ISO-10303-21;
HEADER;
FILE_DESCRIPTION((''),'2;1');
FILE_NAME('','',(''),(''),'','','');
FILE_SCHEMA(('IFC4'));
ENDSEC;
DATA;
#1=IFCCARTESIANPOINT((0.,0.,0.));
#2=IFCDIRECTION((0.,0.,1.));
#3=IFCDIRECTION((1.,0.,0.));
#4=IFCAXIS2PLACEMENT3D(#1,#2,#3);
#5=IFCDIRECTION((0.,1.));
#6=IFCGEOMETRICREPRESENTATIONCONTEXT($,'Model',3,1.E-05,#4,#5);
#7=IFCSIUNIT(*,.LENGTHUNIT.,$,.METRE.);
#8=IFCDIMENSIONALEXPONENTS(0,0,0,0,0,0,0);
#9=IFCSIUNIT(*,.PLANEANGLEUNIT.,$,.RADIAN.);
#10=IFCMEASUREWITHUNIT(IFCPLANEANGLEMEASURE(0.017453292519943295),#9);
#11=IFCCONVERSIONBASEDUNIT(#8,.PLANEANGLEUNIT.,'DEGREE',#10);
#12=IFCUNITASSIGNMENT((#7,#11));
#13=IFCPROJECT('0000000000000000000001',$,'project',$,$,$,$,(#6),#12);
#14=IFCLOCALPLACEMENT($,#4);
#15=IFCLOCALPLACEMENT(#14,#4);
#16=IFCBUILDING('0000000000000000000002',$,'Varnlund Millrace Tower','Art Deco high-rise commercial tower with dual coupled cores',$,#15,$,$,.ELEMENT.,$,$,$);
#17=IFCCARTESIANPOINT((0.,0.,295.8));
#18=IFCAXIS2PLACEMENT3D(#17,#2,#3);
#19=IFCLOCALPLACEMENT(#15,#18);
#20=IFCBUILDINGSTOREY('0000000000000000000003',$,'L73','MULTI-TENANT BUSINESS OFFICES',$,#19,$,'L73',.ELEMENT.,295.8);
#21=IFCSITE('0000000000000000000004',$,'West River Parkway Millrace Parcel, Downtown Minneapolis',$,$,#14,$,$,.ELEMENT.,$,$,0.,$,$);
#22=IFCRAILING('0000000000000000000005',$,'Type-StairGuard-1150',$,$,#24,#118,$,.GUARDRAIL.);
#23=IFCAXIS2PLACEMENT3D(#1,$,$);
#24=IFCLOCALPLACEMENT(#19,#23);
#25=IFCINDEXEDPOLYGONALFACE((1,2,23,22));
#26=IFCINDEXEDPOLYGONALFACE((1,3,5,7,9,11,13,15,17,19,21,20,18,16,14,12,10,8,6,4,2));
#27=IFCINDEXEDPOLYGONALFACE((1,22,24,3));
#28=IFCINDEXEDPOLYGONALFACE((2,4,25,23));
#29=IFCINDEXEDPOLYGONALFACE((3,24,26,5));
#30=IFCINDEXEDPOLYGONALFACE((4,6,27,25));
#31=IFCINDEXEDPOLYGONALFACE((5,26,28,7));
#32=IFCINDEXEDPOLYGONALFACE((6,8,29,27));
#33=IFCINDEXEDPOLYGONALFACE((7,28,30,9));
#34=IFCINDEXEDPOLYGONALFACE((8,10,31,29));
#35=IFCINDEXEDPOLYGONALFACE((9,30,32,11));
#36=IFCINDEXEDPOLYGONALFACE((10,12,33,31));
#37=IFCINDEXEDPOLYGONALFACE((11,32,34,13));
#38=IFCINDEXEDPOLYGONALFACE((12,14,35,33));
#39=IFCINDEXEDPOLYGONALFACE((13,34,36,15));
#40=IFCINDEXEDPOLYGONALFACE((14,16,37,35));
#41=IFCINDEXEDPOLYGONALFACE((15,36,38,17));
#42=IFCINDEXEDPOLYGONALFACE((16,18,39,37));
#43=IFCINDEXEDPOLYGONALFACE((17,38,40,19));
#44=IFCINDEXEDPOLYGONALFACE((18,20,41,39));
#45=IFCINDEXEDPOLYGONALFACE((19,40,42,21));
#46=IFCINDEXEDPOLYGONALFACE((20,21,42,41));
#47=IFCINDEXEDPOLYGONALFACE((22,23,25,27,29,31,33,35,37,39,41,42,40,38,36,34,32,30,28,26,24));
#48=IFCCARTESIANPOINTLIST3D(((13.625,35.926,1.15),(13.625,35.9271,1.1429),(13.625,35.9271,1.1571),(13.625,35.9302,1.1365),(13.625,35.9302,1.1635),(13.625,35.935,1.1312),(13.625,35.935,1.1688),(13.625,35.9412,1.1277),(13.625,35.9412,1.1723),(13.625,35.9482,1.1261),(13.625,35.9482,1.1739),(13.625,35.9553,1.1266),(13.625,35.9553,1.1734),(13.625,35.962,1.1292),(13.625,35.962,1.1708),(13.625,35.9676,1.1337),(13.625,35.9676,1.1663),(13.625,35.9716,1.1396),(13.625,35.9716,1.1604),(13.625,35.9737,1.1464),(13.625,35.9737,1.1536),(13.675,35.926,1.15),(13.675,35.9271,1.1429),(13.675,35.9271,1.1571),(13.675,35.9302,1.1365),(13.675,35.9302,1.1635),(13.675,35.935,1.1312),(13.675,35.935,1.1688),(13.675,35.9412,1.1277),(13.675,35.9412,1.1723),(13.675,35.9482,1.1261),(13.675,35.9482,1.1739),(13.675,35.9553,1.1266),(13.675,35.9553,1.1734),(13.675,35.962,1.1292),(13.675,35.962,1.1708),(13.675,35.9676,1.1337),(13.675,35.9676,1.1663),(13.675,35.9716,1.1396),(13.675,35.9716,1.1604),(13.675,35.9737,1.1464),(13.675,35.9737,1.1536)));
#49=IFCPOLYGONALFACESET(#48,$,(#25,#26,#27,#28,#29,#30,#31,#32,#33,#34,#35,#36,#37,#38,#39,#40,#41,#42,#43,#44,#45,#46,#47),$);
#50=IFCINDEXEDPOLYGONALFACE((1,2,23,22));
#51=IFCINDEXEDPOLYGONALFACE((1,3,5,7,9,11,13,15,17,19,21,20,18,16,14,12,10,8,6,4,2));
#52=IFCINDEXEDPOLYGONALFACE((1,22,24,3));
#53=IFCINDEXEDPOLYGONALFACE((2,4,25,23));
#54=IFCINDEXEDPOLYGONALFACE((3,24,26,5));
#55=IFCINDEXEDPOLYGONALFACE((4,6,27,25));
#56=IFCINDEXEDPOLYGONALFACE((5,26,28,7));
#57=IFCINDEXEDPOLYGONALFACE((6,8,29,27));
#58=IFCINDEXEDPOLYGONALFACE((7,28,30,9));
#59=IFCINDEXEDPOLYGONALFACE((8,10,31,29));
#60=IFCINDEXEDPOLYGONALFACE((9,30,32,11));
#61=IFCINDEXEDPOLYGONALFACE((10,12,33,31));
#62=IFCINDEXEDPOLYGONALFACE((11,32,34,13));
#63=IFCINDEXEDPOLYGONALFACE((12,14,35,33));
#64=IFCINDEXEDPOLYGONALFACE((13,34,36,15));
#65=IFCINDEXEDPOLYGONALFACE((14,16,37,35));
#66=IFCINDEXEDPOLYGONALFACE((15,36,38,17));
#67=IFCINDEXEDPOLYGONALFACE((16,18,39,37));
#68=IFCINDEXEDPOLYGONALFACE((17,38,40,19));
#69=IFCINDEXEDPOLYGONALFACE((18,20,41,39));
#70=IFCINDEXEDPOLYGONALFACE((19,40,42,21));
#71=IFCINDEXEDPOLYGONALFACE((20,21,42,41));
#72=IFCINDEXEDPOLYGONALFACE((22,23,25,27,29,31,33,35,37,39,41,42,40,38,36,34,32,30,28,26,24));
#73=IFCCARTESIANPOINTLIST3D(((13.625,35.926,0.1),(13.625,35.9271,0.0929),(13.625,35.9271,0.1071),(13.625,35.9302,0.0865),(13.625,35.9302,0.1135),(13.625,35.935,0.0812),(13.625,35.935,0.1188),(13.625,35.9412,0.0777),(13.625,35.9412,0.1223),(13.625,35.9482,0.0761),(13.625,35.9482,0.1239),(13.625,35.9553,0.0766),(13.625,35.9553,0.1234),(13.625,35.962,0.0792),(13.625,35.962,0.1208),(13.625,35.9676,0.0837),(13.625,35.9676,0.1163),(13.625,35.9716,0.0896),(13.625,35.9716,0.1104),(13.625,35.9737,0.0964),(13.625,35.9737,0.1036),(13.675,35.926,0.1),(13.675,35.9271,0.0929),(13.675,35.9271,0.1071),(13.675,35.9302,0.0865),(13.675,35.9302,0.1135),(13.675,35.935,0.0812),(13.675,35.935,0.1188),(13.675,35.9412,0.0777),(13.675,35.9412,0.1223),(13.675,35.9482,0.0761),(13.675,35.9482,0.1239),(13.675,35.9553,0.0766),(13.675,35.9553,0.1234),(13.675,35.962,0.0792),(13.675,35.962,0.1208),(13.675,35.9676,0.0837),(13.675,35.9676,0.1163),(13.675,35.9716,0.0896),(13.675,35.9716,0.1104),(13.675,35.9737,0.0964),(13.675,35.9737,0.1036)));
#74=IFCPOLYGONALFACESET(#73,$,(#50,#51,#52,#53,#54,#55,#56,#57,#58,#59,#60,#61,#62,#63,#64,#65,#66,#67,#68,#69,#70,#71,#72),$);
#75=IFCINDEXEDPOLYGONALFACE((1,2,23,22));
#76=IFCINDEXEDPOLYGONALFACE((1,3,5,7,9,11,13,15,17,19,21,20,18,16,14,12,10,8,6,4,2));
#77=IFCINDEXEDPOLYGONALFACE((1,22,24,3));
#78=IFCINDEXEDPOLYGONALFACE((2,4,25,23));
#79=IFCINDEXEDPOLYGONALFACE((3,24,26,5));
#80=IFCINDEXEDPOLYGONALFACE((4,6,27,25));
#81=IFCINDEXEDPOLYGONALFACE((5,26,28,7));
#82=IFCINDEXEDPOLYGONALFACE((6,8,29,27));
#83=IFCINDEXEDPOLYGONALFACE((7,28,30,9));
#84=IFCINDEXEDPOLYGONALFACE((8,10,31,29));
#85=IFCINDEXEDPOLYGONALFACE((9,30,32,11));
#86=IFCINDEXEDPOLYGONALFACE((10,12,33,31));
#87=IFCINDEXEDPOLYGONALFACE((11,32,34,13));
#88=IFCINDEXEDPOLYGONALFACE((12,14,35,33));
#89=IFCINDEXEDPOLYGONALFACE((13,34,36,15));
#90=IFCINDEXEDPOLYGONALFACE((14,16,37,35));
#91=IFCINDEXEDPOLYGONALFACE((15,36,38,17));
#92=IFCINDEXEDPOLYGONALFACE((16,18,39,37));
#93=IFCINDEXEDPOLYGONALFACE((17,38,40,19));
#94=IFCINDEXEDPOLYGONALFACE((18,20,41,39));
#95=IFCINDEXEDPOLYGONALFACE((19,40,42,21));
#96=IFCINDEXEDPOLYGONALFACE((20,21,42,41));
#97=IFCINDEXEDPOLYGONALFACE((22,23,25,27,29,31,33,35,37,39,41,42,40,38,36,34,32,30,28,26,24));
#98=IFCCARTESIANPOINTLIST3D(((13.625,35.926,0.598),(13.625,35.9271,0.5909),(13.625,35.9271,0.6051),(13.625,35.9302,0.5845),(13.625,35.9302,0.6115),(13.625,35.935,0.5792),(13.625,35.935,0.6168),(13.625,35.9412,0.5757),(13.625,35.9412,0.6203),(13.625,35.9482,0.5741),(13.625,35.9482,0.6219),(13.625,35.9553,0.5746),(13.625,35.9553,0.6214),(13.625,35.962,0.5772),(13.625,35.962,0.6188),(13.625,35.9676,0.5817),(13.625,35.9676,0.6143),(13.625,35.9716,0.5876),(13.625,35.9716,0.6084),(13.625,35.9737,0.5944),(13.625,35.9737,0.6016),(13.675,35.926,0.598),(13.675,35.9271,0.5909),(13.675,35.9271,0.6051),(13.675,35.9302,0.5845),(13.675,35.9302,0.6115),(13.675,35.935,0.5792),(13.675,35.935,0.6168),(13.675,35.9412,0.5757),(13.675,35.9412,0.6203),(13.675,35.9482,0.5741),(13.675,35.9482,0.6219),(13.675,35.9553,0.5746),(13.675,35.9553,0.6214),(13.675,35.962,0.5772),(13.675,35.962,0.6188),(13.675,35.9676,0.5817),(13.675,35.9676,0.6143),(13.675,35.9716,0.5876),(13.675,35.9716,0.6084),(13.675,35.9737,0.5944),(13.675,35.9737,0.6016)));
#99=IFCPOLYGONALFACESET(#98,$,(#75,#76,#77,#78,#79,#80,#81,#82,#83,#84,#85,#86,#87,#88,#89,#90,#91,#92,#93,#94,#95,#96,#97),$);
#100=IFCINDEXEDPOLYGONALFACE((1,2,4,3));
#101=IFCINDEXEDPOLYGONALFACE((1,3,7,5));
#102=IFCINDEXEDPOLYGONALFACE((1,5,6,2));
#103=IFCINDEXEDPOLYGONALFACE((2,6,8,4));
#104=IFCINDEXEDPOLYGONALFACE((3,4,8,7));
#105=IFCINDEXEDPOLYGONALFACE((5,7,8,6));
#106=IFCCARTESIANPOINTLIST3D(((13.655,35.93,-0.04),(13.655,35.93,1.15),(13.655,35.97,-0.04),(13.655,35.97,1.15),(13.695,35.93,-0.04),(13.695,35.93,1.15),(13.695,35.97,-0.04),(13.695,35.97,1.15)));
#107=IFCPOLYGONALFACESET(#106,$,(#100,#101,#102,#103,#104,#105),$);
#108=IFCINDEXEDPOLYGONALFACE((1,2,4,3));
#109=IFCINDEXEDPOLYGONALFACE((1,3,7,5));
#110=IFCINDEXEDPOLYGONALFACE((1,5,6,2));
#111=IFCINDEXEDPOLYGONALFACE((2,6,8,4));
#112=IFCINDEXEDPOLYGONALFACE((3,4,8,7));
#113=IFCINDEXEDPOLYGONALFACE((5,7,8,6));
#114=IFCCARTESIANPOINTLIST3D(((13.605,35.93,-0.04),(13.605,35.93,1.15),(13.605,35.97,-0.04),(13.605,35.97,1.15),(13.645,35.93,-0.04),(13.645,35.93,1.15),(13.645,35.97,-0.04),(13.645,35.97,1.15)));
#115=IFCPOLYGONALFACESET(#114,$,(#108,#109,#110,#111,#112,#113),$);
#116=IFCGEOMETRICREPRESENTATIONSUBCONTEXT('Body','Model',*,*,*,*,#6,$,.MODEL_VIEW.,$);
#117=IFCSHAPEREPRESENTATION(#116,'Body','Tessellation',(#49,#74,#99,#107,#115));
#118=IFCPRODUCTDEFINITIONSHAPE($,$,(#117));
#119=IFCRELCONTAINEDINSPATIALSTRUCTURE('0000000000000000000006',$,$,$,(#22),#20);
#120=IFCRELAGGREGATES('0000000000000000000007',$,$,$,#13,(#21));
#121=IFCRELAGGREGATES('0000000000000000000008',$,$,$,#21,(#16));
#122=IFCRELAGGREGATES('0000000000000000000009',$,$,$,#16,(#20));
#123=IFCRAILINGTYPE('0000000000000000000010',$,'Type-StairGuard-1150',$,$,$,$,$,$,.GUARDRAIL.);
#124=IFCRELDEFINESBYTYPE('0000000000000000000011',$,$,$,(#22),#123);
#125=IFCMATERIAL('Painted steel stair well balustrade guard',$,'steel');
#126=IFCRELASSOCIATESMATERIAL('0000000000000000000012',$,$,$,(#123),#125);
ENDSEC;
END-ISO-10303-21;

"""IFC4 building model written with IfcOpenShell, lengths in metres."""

from ifc_helpers import new_model, entity, si_unit, converted_unit, direction, frame, origin_with_axes, origin_2d_with_axis, place, context, subcontext, project, spatial, rectangle, circle, extrude, material, type_object, element, save


model = new_model("IFC4")

# Units and contexts
model_context = context("Model", 3, precision=1e-05, world=origin_with_axes(), true_north=direction((0.0, 1.0)))
body_context = subcontext(model_context, "Body", "Model", "MODEL_VIEW")
ifc_project = project(units=[si_unit("LENGTHUNIT", "METRE"), converted_unit("PLANEANGLEUNIT", "DEGREE", entity("IfcPlaneAngleMeasure", 0.017453292519943295), si_unit("PLANEANGLEUNIT", "RADIAN"), dimensions=[0, 0, 0, 0, 0, 0, 0])], contexts=[model_context])

# Site, building, storey
site_placement = place(None, origin_with_axes())
site = spatial("IfcSite", under=ifc_project, at=site_placement, Name="West River Parkway Millrace Parcel, Downtown Minneapolis", CompositionType="ELEMENT", RefElevation=0.0)
building_placement = place(site_placement, origin_with_axes())
building = spatial("IfcBuilding", under=site, at=building_placement, Name="Varnlund Millrace Tower", Description="Art Deco high-rise commercial tower with dual coupled cores", CompositionType="ELEMENT")
storey_placement = place(building_placement, frame((0.0, 0.0, 295.8), z_axis=(0.0, 0.0, 1.0), x_axis=(1.0, 0.0, 0.0)))
storey = spatial("IfcBuildingStorey", under=building, at=storey_placement, Name="L73", Description="MULTI-TENANT BUSINESS OFFICES", LongName="L73", CompositionType="ELEMENT", Elevation=295.8)

# Railing
ifc_material_1 = material(Name="Painted steel stair well balustrade guard", Category="steel")
railing_type_1 = type_object("IfcRailingType", Name="Type-StairGuard-1150", PredefinedType="GUARDRAIL", material=ifc_material_1)
railing_1_placement = place(storey_placement, frame((0.0, 0.0, -295.8), z_axis=(0.0, 0.0, 1.0), x_axis=(1.0, 0.0, 0.0)))
element("IfcRailing", 1, at=railing_1_placement, inside=storey, type_object=railing_type_1, Name="Type-StairGuard-1150", PredefinedType="GUARDRAIL", context=body_context, shape_type="SweptSolid", body=[
    extrude(circle(Radius=0.024, at=origin_2d_with_axis()), frame((13.675, 35.95, 296.95), z_axis=(-1.0, 0.0, 0.0), x_axis=(0.0, -1.0, 0.0)), (0.0, 0.0, 1.0), 0.05),
    extrude(circle(Radius=0.024, at=origin_2d_with_axis()), frame((13.675, 35.95, 295.9), z_axis=(-1.0, 0.0, 0.0), x_axis=(0.0, -1.0, 0.0)), (0.0, 0.0, 1.0), 0.05),
    extrude(circle(Radius=0.024, at=origin_2d_with_axis()), frame((13.675, 35.95, 296.398), z_axis=(-1.0, 0.0, 0.0), x_axis=(0.0, -1.0, 0.0)), (0.0, 0.0, 1.0), 0.05),
    extrude(rectangle(XDim=0.04, YDim=0.04, at=origin_2d_with_axis()), frame((13.675, 35.95, 295.76), z_axis=(0.0, 0.0, 1.0), x_axis=(1.0, 0.0, 0.0)), (0.0, 0.0, 1.0), 1.19),
    extrude(rectangle(XDim=0.04, YDim=0.04, at=origin_2d_with_axis()), frame((13.625, 35.95, 295.76), z_axis=(0.0, 0.0, 1.0), x_axis=(1.0, 0.0, 0.0)), (0.0, 0.0, 1.0), 1.19),
])

save(model, "model.ifc")
